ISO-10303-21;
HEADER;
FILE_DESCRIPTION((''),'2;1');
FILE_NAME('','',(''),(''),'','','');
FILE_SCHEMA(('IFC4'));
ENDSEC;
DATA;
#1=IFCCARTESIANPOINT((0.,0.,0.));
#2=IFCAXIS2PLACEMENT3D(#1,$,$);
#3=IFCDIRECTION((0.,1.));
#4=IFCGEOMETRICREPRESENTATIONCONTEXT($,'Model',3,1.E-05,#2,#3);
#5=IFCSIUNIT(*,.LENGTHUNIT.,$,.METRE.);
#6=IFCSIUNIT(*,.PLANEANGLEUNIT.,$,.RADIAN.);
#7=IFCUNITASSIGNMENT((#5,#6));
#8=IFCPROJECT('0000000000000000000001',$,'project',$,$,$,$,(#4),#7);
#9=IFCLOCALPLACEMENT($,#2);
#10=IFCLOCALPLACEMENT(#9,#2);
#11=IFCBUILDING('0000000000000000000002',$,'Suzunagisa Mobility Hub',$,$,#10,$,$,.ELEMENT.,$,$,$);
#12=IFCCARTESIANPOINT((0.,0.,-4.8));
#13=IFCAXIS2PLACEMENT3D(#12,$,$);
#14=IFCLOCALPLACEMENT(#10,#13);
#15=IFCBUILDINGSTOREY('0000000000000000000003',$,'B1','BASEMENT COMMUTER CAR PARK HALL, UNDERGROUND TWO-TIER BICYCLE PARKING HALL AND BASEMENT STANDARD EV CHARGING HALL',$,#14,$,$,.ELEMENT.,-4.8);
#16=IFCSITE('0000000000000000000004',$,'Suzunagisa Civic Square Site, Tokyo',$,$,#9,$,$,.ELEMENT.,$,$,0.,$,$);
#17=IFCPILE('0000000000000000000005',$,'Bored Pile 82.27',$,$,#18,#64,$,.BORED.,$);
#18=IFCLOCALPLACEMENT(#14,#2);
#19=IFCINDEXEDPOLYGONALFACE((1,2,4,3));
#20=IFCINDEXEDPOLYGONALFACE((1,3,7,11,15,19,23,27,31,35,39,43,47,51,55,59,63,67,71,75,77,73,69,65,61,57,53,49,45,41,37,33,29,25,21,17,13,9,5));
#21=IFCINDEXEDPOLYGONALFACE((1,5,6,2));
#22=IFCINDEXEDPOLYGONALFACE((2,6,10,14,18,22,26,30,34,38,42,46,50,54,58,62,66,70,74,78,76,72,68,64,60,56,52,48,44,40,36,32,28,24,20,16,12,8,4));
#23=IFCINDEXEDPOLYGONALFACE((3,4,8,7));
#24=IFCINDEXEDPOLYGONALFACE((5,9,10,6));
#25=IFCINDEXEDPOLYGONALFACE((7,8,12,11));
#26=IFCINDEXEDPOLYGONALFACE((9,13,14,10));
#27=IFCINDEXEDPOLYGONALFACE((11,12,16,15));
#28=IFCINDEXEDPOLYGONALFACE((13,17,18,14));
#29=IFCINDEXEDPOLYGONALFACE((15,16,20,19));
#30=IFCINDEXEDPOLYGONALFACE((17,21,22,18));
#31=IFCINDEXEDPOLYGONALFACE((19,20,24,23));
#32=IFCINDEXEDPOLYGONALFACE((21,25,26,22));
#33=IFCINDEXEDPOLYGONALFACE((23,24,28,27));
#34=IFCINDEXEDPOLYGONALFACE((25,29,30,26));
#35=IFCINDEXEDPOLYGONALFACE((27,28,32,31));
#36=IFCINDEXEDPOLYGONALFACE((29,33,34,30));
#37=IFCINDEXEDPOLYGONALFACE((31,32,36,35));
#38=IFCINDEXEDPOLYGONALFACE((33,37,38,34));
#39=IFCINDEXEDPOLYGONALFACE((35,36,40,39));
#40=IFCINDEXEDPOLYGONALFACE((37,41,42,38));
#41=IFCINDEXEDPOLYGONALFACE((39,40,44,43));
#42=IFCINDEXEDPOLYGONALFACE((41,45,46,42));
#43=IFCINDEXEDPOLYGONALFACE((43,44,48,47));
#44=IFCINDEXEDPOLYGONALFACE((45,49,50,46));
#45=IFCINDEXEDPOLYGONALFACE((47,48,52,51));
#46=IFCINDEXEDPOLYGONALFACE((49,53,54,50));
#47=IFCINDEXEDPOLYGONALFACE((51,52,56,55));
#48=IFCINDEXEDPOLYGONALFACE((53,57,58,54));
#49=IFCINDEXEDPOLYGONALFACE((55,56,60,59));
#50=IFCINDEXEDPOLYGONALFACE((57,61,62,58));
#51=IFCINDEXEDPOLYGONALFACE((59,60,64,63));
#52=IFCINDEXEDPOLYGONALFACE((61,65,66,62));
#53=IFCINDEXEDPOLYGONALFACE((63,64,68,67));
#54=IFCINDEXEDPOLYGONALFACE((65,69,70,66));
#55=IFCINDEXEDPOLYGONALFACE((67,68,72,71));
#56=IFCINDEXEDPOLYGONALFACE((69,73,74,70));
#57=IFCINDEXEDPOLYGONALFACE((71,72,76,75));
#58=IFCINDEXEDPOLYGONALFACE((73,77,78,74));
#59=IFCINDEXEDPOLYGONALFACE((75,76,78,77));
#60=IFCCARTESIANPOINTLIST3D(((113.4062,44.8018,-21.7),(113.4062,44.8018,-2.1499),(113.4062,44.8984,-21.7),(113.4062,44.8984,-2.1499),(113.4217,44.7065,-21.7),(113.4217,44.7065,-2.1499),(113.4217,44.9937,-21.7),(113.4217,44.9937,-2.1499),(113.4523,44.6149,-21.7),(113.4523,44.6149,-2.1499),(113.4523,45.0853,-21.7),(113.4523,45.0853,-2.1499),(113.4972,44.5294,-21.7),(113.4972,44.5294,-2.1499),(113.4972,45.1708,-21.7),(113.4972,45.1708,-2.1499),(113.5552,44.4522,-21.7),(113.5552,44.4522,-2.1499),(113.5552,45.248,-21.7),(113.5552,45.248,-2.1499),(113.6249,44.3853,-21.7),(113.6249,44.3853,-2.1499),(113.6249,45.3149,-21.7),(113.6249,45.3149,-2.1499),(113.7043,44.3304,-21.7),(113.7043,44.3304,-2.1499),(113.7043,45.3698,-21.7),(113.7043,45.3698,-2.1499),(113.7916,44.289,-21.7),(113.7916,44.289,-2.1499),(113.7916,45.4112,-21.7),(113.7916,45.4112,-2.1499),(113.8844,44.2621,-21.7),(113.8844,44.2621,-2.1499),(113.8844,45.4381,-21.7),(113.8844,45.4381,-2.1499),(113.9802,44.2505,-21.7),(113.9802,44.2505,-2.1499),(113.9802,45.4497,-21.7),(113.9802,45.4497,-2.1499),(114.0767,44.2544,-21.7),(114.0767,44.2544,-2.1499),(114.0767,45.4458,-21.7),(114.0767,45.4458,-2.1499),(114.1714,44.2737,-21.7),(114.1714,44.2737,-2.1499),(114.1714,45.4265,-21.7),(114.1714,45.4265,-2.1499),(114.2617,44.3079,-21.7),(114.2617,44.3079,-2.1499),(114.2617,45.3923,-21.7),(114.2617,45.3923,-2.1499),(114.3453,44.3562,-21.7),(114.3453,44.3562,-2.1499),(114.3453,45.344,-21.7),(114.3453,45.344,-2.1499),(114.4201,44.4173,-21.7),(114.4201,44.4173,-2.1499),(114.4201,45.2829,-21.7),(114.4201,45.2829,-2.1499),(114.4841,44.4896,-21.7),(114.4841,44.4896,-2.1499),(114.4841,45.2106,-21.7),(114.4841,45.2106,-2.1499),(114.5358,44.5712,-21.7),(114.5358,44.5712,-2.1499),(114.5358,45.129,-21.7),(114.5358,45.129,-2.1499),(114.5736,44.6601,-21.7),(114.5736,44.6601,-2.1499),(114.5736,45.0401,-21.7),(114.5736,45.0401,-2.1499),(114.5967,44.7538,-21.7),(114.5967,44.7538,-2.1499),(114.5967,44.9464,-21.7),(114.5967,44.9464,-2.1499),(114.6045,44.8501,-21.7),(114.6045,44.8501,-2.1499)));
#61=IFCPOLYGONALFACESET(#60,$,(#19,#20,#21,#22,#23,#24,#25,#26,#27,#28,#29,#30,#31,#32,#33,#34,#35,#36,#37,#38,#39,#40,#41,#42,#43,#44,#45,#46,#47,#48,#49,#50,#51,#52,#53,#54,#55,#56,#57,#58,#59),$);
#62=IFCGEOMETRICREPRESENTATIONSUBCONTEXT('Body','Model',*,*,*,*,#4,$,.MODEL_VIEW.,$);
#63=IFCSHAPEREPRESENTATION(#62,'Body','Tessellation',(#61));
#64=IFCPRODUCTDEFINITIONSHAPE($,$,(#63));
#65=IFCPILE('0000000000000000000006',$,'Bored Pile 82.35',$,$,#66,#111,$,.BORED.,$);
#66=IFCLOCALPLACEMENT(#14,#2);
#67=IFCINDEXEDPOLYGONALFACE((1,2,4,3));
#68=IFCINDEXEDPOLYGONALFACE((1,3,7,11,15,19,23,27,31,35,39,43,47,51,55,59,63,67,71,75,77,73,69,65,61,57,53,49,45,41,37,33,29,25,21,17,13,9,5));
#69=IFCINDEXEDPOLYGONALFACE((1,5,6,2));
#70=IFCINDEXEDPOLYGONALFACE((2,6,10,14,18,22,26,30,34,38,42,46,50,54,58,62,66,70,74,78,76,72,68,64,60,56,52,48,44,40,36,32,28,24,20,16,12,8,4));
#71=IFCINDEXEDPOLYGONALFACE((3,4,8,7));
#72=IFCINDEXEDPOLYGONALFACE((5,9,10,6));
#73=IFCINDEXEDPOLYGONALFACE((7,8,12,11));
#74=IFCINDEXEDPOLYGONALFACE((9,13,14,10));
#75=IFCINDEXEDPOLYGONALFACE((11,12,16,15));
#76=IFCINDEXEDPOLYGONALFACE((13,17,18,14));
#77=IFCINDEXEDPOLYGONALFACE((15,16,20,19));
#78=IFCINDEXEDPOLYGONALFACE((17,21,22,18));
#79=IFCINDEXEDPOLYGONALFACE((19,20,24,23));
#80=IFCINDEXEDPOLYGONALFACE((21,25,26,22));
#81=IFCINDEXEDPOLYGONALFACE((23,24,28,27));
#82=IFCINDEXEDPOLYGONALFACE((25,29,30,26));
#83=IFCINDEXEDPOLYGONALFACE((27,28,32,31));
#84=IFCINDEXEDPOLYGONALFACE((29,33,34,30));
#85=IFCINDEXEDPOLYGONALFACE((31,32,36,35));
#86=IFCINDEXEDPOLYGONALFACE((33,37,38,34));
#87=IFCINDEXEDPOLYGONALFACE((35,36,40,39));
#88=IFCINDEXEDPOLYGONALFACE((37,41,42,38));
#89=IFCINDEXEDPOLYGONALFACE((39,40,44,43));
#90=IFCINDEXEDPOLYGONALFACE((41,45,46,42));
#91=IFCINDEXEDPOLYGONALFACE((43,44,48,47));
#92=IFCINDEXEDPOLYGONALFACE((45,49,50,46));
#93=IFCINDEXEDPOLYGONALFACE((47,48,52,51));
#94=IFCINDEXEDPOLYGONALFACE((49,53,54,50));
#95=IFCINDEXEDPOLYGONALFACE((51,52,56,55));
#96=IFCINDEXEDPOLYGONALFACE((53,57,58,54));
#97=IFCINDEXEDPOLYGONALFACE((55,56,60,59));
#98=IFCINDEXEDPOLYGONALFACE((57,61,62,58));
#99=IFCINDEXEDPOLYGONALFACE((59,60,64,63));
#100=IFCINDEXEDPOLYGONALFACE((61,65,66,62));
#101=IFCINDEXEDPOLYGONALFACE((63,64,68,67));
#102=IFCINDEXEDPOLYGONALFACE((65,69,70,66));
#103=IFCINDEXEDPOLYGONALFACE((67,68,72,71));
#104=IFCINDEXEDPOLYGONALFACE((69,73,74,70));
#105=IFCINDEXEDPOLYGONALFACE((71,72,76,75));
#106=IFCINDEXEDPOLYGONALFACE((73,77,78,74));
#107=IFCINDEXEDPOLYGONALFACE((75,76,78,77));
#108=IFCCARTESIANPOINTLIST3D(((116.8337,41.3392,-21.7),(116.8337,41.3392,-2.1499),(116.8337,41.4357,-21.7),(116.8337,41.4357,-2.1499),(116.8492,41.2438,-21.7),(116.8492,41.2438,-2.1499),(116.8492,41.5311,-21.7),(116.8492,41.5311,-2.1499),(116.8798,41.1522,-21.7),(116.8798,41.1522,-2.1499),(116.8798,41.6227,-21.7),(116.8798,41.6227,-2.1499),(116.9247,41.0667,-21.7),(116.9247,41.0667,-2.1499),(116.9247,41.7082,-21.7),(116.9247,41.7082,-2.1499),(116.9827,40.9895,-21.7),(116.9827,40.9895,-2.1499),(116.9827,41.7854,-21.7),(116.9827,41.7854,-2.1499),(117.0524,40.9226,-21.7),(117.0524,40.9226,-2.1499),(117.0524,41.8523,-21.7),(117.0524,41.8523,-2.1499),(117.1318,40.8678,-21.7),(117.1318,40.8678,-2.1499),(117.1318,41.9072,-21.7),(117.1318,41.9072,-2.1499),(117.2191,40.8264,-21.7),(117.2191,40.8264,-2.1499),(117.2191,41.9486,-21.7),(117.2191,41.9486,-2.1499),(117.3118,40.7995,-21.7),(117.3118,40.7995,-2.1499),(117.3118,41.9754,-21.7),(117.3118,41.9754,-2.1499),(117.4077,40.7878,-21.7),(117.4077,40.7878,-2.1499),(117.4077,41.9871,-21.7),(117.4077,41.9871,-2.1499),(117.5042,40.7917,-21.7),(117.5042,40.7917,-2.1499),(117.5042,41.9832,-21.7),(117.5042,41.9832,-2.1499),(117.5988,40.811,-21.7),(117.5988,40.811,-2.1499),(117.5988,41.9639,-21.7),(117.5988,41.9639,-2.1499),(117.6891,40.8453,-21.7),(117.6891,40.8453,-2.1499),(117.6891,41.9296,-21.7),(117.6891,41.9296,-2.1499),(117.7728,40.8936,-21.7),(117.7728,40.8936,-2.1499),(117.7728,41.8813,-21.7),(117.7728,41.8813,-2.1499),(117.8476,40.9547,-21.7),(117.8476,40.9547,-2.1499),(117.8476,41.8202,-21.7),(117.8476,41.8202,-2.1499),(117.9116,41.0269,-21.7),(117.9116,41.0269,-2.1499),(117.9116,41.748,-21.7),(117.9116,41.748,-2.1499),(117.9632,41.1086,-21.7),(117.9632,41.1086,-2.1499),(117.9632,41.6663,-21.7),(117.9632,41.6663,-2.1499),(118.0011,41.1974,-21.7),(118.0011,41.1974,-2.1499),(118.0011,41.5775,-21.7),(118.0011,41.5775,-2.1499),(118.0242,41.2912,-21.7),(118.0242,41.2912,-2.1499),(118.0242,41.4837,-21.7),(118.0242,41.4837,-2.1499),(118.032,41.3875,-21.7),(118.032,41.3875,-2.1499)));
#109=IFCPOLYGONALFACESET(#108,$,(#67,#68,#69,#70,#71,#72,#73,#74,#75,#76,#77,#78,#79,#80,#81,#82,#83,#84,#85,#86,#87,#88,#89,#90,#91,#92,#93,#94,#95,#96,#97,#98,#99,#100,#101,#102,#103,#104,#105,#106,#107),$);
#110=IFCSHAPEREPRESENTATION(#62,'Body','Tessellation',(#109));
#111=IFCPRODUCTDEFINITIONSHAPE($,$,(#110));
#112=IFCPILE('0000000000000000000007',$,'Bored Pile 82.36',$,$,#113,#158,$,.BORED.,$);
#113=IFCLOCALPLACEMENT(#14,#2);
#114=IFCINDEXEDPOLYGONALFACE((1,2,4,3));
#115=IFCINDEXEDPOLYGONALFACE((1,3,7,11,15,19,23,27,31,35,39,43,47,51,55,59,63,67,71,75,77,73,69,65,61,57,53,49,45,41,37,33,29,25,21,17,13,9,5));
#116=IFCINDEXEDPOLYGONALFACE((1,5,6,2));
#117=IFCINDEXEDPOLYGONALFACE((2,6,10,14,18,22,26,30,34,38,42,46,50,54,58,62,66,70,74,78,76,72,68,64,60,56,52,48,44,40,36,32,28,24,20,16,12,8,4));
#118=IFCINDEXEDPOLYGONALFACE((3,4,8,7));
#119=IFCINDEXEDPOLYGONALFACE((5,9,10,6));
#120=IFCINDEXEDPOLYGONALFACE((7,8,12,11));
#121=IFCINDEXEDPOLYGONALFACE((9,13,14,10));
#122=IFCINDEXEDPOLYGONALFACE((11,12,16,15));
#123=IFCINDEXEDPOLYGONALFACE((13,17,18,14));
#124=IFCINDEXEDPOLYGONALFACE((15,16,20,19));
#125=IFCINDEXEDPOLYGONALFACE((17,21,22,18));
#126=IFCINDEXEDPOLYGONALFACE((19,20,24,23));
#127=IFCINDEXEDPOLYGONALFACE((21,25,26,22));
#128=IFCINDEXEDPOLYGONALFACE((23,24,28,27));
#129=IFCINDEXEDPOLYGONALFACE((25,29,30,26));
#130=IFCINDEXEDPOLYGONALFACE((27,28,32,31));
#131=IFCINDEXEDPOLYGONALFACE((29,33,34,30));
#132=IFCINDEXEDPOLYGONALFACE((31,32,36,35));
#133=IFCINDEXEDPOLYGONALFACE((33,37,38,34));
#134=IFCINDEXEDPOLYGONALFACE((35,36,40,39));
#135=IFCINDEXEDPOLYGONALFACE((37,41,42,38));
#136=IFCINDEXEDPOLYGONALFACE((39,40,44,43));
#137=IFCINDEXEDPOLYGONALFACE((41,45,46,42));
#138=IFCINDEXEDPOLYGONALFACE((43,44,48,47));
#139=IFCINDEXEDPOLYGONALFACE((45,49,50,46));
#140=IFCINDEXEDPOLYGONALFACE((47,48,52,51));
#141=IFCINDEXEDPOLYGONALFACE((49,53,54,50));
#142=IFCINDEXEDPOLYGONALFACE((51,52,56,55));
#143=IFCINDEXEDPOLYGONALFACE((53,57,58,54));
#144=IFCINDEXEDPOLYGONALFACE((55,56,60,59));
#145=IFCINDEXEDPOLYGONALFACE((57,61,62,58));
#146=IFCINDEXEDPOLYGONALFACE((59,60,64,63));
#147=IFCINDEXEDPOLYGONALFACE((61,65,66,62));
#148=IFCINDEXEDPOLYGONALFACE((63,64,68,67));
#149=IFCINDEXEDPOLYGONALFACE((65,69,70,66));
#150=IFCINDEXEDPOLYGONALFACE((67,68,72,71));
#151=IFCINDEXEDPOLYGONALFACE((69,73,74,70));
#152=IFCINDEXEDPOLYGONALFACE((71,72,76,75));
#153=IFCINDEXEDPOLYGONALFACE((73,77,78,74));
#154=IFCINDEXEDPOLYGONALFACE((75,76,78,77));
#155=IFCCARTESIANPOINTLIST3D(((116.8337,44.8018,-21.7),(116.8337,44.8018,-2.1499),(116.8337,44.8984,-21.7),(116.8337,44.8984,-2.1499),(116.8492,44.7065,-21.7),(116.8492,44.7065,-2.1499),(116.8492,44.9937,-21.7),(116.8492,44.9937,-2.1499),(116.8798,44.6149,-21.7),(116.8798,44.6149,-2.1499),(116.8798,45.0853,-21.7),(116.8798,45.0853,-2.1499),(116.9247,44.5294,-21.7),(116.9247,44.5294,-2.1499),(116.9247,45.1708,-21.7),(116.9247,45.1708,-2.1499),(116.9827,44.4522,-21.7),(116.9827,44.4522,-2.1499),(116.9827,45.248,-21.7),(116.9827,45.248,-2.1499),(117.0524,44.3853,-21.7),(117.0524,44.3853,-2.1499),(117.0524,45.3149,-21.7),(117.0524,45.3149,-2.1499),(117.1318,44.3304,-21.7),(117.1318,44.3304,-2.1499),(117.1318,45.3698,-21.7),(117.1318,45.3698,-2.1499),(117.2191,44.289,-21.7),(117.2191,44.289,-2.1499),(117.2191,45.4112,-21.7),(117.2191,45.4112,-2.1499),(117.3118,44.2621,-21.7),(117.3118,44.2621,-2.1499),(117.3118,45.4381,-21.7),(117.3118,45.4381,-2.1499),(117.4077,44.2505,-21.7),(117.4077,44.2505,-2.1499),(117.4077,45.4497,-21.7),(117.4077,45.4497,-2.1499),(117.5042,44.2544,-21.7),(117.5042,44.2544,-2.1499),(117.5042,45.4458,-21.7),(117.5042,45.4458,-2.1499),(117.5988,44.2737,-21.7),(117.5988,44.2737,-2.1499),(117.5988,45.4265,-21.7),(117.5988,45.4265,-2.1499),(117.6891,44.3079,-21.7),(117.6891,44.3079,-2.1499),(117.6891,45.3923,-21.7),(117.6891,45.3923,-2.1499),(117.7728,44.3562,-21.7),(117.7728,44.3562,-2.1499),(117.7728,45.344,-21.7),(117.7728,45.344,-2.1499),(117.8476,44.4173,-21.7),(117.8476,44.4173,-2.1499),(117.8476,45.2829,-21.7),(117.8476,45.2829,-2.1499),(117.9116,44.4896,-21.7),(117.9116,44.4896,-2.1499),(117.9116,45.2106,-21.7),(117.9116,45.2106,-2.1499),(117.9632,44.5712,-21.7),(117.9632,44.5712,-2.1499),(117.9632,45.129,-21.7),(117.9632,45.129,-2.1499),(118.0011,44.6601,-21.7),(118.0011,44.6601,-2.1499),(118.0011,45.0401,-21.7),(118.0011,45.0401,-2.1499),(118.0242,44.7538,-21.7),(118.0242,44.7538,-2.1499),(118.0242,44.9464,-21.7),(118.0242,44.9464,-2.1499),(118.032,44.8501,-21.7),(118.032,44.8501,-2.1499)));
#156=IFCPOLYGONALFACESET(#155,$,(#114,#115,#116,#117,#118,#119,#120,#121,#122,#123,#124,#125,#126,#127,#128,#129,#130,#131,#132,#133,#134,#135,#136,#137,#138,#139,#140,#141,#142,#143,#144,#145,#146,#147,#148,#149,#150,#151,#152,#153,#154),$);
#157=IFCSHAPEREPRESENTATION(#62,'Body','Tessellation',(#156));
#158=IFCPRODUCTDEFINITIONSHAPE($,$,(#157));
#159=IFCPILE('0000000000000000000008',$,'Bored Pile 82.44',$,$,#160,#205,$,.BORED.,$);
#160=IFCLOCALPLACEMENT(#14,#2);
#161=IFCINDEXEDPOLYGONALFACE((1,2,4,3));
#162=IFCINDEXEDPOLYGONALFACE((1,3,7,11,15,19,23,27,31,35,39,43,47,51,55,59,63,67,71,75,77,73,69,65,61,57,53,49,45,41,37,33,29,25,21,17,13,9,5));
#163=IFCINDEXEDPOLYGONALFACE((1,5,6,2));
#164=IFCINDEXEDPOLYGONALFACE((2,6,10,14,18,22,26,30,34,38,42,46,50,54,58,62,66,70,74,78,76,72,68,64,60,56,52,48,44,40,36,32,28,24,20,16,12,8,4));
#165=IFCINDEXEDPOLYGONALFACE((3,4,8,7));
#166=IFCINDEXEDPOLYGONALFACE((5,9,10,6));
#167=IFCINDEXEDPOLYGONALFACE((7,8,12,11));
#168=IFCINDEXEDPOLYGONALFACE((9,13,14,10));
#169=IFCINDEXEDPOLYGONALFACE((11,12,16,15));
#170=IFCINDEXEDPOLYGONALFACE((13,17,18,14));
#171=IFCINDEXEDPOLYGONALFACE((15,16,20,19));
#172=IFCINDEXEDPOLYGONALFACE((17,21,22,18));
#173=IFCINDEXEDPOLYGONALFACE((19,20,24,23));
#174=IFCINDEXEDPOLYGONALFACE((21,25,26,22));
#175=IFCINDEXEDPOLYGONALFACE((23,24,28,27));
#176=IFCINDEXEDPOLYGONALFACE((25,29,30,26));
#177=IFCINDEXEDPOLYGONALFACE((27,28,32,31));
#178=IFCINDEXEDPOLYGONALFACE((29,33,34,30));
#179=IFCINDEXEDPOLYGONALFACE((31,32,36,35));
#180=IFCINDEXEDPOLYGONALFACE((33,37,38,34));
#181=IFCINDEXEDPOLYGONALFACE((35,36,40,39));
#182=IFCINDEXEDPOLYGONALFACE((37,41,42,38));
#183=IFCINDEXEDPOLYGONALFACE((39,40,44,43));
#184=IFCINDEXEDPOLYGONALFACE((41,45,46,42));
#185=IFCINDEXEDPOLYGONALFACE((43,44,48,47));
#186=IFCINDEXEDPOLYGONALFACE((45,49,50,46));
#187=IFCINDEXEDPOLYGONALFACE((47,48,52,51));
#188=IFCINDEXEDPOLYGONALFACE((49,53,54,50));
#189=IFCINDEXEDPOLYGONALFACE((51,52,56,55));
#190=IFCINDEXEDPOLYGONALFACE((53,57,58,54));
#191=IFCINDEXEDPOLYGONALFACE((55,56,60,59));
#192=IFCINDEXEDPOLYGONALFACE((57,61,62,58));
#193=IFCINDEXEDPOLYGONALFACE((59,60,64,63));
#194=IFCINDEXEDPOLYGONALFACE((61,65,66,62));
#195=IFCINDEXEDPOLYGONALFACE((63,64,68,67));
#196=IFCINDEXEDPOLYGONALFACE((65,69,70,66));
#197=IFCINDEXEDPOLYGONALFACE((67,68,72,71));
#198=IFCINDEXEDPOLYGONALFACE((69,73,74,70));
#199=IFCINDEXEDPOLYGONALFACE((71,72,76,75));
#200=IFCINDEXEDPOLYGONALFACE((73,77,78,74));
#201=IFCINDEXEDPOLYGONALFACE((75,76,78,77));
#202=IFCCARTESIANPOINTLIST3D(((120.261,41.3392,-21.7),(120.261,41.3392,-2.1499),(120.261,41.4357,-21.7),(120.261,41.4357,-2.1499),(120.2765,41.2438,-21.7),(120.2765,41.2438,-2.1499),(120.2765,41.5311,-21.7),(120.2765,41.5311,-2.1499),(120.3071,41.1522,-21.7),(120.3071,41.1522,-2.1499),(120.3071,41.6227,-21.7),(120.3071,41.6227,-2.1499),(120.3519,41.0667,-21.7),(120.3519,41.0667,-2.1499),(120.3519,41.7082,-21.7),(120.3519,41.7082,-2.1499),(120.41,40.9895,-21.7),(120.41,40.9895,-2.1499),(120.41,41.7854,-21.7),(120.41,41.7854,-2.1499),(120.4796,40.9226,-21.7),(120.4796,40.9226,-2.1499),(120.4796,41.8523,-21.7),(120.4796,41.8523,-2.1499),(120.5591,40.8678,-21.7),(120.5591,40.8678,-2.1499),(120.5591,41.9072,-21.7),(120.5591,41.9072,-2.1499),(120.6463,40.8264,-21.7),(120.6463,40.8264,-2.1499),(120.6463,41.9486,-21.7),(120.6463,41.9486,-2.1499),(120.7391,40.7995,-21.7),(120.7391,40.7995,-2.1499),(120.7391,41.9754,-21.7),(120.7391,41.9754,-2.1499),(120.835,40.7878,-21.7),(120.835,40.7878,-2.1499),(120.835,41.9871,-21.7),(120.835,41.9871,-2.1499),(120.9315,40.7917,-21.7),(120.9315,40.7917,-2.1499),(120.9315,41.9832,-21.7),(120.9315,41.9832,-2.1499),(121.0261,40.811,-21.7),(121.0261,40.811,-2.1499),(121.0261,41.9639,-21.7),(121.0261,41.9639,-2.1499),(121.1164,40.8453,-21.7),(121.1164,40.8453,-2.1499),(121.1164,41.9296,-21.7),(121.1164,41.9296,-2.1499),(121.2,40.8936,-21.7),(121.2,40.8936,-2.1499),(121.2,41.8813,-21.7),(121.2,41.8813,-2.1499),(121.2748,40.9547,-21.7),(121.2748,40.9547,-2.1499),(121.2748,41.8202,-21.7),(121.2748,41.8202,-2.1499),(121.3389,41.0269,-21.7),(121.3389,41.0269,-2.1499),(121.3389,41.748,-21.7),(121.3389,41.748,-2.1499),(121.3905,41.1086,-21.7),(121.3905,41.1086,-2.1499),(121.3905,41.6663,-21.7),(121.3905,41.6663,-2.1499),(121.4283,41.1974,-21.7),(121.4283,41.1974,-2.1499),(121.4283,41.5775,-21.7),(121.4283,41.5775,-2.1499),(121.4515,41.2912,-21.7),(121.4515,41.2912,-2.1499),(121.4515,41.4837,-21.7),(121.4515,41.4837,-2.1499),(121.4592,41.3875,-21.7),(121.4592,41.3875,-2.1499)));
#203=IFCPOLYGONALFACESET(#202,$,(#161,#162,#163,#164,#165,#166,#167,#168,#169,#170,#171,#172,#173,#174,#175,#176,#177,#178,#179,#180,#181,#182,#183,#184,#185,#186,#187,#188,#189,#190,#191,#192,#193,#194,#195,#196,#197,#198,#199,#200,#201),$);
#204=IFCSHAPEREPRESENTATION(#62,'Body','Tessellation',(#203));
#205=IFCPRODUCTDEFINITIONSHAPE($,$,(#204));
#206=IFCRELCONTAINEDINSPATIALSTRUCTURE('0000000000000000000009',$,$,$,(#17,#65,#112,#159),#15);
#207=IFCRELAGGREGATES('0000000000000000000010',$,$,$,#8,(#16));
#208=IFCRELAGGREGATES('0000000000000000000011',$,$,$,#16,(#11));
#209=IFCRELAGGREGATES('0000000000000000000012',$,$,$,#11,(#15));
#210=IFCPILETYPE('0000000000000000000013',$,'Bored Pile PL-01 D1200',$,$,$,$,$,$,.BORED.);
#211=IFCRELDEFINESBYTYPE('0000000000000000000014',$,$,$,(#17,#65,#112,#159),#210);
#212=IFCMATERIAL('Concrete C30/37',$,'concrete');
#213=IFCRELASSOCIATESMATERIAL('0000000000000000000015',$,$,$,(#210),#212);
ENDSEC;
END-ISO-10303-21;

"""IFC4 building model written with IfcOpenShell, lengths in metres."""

from ifc_helpers import new_model, si_unit, direction, frame, origin, origin_2d, place, context, subcontext, project, spatial, circle, extrude, material, material_profile, profile_set, type_object, element, save


model = new_model("IFC4")

# Units and contexts
model_context = context("Model", 3, precision=1e-05, world=origin(), true_north=direction((0.0, 1.0)))
body_context = subcontext(model_context, "Body", "Model", "MODEL_VIEW")
ifc_project = project(units=[si_unit("LENGTHUNIT", "METRE"), si_unit("PLANEANGLEUNIT", "RADIAN")], contexts=[model_context])

# Site, building, storey
site_placement = place(None, origin())
site = spatial("IfcSite", under=ifc_project, at=site_placement, Name="Suzunagisa Civic Square Site, Tokyo", CompositionType="ELEMENT", RefElevation=0.0)
building_placement = place(site_placement, origin())
building = spatial("IfcBuilding", under=site, at=building_placement, Name="Suzunagisa Mobility Hub", CompositionType="ELEMENT")
storey_placement = place(building_placement, frame((0.0, 0.0, -4.8)))
storey = spatial("IfcBuildingStorey", under=building, at=storey_placement, Name="B1", Description="BASEMENT COMMUTER CAR PARK HALL, UNDERGROUND TWO-TIER BICYCLE PARKING HALL AND BASEMENT STANDARD EV CHARGING HALL", CompositionType="ELEMENT", Elevation=-4.8)

# Piles
ifc_material_1 = material(Name="Concrete C30/37", Category="concrete")
ifc_material_profile_1 = material_profile(ifc_material_1, circle(Radius=0.6001, at=origin_2d()), Name="BORED PILE D1200")
ifc_profile_set_1 = profile_set([ifc_material_profile_1], Name="Concrete C30/37")
pile_type_1 = type_object("IfcPileType", Name="Bored Pile PL-01 D1200", PredefinedType="BORED", material=ifc_profile_set_1)
for number, where, z_axis, x_axis, name in (
    (1, (114.0044, 44.8501, -2.1499), (0.0, 0.0, -1.0), (1.0, 0.0, 0.0), "Bored Pile 82.27"),
    (2, (117.4319, 41.3875, -2.1499), (0.0, 0.0, -1.0), (1.0, 0.0, 0.0), "Bored Pile 82.35"),
    (3, (117.4319, 44.8501, -2.1499), (0.0, 0.0, -1.0), (1.0, 0.0, 0.0), "Bored Pile 82.36"),
    (4, (120.8591, 41.3875, -2.1499), (0.0, 0.0, -1.0), (1.0, 0.0, 0.0), "Bored Pile 82.44"),
):
    element("IfcPile", number, at=place(storey_placement, frame(where, z_axis=z_axis, x_axis=x_axis)), inside=storey, type_object=pile_type_1, Name=name, PredefinedType="BORED", context=body_context, shape_type="SweptSolid", body=[
        extrude(circle(Radius=0.6001, at=origin_2d()), origin(), (0.0, 0.0, 1.0), 19.55),
    ])

save(model, "model.ifc")
